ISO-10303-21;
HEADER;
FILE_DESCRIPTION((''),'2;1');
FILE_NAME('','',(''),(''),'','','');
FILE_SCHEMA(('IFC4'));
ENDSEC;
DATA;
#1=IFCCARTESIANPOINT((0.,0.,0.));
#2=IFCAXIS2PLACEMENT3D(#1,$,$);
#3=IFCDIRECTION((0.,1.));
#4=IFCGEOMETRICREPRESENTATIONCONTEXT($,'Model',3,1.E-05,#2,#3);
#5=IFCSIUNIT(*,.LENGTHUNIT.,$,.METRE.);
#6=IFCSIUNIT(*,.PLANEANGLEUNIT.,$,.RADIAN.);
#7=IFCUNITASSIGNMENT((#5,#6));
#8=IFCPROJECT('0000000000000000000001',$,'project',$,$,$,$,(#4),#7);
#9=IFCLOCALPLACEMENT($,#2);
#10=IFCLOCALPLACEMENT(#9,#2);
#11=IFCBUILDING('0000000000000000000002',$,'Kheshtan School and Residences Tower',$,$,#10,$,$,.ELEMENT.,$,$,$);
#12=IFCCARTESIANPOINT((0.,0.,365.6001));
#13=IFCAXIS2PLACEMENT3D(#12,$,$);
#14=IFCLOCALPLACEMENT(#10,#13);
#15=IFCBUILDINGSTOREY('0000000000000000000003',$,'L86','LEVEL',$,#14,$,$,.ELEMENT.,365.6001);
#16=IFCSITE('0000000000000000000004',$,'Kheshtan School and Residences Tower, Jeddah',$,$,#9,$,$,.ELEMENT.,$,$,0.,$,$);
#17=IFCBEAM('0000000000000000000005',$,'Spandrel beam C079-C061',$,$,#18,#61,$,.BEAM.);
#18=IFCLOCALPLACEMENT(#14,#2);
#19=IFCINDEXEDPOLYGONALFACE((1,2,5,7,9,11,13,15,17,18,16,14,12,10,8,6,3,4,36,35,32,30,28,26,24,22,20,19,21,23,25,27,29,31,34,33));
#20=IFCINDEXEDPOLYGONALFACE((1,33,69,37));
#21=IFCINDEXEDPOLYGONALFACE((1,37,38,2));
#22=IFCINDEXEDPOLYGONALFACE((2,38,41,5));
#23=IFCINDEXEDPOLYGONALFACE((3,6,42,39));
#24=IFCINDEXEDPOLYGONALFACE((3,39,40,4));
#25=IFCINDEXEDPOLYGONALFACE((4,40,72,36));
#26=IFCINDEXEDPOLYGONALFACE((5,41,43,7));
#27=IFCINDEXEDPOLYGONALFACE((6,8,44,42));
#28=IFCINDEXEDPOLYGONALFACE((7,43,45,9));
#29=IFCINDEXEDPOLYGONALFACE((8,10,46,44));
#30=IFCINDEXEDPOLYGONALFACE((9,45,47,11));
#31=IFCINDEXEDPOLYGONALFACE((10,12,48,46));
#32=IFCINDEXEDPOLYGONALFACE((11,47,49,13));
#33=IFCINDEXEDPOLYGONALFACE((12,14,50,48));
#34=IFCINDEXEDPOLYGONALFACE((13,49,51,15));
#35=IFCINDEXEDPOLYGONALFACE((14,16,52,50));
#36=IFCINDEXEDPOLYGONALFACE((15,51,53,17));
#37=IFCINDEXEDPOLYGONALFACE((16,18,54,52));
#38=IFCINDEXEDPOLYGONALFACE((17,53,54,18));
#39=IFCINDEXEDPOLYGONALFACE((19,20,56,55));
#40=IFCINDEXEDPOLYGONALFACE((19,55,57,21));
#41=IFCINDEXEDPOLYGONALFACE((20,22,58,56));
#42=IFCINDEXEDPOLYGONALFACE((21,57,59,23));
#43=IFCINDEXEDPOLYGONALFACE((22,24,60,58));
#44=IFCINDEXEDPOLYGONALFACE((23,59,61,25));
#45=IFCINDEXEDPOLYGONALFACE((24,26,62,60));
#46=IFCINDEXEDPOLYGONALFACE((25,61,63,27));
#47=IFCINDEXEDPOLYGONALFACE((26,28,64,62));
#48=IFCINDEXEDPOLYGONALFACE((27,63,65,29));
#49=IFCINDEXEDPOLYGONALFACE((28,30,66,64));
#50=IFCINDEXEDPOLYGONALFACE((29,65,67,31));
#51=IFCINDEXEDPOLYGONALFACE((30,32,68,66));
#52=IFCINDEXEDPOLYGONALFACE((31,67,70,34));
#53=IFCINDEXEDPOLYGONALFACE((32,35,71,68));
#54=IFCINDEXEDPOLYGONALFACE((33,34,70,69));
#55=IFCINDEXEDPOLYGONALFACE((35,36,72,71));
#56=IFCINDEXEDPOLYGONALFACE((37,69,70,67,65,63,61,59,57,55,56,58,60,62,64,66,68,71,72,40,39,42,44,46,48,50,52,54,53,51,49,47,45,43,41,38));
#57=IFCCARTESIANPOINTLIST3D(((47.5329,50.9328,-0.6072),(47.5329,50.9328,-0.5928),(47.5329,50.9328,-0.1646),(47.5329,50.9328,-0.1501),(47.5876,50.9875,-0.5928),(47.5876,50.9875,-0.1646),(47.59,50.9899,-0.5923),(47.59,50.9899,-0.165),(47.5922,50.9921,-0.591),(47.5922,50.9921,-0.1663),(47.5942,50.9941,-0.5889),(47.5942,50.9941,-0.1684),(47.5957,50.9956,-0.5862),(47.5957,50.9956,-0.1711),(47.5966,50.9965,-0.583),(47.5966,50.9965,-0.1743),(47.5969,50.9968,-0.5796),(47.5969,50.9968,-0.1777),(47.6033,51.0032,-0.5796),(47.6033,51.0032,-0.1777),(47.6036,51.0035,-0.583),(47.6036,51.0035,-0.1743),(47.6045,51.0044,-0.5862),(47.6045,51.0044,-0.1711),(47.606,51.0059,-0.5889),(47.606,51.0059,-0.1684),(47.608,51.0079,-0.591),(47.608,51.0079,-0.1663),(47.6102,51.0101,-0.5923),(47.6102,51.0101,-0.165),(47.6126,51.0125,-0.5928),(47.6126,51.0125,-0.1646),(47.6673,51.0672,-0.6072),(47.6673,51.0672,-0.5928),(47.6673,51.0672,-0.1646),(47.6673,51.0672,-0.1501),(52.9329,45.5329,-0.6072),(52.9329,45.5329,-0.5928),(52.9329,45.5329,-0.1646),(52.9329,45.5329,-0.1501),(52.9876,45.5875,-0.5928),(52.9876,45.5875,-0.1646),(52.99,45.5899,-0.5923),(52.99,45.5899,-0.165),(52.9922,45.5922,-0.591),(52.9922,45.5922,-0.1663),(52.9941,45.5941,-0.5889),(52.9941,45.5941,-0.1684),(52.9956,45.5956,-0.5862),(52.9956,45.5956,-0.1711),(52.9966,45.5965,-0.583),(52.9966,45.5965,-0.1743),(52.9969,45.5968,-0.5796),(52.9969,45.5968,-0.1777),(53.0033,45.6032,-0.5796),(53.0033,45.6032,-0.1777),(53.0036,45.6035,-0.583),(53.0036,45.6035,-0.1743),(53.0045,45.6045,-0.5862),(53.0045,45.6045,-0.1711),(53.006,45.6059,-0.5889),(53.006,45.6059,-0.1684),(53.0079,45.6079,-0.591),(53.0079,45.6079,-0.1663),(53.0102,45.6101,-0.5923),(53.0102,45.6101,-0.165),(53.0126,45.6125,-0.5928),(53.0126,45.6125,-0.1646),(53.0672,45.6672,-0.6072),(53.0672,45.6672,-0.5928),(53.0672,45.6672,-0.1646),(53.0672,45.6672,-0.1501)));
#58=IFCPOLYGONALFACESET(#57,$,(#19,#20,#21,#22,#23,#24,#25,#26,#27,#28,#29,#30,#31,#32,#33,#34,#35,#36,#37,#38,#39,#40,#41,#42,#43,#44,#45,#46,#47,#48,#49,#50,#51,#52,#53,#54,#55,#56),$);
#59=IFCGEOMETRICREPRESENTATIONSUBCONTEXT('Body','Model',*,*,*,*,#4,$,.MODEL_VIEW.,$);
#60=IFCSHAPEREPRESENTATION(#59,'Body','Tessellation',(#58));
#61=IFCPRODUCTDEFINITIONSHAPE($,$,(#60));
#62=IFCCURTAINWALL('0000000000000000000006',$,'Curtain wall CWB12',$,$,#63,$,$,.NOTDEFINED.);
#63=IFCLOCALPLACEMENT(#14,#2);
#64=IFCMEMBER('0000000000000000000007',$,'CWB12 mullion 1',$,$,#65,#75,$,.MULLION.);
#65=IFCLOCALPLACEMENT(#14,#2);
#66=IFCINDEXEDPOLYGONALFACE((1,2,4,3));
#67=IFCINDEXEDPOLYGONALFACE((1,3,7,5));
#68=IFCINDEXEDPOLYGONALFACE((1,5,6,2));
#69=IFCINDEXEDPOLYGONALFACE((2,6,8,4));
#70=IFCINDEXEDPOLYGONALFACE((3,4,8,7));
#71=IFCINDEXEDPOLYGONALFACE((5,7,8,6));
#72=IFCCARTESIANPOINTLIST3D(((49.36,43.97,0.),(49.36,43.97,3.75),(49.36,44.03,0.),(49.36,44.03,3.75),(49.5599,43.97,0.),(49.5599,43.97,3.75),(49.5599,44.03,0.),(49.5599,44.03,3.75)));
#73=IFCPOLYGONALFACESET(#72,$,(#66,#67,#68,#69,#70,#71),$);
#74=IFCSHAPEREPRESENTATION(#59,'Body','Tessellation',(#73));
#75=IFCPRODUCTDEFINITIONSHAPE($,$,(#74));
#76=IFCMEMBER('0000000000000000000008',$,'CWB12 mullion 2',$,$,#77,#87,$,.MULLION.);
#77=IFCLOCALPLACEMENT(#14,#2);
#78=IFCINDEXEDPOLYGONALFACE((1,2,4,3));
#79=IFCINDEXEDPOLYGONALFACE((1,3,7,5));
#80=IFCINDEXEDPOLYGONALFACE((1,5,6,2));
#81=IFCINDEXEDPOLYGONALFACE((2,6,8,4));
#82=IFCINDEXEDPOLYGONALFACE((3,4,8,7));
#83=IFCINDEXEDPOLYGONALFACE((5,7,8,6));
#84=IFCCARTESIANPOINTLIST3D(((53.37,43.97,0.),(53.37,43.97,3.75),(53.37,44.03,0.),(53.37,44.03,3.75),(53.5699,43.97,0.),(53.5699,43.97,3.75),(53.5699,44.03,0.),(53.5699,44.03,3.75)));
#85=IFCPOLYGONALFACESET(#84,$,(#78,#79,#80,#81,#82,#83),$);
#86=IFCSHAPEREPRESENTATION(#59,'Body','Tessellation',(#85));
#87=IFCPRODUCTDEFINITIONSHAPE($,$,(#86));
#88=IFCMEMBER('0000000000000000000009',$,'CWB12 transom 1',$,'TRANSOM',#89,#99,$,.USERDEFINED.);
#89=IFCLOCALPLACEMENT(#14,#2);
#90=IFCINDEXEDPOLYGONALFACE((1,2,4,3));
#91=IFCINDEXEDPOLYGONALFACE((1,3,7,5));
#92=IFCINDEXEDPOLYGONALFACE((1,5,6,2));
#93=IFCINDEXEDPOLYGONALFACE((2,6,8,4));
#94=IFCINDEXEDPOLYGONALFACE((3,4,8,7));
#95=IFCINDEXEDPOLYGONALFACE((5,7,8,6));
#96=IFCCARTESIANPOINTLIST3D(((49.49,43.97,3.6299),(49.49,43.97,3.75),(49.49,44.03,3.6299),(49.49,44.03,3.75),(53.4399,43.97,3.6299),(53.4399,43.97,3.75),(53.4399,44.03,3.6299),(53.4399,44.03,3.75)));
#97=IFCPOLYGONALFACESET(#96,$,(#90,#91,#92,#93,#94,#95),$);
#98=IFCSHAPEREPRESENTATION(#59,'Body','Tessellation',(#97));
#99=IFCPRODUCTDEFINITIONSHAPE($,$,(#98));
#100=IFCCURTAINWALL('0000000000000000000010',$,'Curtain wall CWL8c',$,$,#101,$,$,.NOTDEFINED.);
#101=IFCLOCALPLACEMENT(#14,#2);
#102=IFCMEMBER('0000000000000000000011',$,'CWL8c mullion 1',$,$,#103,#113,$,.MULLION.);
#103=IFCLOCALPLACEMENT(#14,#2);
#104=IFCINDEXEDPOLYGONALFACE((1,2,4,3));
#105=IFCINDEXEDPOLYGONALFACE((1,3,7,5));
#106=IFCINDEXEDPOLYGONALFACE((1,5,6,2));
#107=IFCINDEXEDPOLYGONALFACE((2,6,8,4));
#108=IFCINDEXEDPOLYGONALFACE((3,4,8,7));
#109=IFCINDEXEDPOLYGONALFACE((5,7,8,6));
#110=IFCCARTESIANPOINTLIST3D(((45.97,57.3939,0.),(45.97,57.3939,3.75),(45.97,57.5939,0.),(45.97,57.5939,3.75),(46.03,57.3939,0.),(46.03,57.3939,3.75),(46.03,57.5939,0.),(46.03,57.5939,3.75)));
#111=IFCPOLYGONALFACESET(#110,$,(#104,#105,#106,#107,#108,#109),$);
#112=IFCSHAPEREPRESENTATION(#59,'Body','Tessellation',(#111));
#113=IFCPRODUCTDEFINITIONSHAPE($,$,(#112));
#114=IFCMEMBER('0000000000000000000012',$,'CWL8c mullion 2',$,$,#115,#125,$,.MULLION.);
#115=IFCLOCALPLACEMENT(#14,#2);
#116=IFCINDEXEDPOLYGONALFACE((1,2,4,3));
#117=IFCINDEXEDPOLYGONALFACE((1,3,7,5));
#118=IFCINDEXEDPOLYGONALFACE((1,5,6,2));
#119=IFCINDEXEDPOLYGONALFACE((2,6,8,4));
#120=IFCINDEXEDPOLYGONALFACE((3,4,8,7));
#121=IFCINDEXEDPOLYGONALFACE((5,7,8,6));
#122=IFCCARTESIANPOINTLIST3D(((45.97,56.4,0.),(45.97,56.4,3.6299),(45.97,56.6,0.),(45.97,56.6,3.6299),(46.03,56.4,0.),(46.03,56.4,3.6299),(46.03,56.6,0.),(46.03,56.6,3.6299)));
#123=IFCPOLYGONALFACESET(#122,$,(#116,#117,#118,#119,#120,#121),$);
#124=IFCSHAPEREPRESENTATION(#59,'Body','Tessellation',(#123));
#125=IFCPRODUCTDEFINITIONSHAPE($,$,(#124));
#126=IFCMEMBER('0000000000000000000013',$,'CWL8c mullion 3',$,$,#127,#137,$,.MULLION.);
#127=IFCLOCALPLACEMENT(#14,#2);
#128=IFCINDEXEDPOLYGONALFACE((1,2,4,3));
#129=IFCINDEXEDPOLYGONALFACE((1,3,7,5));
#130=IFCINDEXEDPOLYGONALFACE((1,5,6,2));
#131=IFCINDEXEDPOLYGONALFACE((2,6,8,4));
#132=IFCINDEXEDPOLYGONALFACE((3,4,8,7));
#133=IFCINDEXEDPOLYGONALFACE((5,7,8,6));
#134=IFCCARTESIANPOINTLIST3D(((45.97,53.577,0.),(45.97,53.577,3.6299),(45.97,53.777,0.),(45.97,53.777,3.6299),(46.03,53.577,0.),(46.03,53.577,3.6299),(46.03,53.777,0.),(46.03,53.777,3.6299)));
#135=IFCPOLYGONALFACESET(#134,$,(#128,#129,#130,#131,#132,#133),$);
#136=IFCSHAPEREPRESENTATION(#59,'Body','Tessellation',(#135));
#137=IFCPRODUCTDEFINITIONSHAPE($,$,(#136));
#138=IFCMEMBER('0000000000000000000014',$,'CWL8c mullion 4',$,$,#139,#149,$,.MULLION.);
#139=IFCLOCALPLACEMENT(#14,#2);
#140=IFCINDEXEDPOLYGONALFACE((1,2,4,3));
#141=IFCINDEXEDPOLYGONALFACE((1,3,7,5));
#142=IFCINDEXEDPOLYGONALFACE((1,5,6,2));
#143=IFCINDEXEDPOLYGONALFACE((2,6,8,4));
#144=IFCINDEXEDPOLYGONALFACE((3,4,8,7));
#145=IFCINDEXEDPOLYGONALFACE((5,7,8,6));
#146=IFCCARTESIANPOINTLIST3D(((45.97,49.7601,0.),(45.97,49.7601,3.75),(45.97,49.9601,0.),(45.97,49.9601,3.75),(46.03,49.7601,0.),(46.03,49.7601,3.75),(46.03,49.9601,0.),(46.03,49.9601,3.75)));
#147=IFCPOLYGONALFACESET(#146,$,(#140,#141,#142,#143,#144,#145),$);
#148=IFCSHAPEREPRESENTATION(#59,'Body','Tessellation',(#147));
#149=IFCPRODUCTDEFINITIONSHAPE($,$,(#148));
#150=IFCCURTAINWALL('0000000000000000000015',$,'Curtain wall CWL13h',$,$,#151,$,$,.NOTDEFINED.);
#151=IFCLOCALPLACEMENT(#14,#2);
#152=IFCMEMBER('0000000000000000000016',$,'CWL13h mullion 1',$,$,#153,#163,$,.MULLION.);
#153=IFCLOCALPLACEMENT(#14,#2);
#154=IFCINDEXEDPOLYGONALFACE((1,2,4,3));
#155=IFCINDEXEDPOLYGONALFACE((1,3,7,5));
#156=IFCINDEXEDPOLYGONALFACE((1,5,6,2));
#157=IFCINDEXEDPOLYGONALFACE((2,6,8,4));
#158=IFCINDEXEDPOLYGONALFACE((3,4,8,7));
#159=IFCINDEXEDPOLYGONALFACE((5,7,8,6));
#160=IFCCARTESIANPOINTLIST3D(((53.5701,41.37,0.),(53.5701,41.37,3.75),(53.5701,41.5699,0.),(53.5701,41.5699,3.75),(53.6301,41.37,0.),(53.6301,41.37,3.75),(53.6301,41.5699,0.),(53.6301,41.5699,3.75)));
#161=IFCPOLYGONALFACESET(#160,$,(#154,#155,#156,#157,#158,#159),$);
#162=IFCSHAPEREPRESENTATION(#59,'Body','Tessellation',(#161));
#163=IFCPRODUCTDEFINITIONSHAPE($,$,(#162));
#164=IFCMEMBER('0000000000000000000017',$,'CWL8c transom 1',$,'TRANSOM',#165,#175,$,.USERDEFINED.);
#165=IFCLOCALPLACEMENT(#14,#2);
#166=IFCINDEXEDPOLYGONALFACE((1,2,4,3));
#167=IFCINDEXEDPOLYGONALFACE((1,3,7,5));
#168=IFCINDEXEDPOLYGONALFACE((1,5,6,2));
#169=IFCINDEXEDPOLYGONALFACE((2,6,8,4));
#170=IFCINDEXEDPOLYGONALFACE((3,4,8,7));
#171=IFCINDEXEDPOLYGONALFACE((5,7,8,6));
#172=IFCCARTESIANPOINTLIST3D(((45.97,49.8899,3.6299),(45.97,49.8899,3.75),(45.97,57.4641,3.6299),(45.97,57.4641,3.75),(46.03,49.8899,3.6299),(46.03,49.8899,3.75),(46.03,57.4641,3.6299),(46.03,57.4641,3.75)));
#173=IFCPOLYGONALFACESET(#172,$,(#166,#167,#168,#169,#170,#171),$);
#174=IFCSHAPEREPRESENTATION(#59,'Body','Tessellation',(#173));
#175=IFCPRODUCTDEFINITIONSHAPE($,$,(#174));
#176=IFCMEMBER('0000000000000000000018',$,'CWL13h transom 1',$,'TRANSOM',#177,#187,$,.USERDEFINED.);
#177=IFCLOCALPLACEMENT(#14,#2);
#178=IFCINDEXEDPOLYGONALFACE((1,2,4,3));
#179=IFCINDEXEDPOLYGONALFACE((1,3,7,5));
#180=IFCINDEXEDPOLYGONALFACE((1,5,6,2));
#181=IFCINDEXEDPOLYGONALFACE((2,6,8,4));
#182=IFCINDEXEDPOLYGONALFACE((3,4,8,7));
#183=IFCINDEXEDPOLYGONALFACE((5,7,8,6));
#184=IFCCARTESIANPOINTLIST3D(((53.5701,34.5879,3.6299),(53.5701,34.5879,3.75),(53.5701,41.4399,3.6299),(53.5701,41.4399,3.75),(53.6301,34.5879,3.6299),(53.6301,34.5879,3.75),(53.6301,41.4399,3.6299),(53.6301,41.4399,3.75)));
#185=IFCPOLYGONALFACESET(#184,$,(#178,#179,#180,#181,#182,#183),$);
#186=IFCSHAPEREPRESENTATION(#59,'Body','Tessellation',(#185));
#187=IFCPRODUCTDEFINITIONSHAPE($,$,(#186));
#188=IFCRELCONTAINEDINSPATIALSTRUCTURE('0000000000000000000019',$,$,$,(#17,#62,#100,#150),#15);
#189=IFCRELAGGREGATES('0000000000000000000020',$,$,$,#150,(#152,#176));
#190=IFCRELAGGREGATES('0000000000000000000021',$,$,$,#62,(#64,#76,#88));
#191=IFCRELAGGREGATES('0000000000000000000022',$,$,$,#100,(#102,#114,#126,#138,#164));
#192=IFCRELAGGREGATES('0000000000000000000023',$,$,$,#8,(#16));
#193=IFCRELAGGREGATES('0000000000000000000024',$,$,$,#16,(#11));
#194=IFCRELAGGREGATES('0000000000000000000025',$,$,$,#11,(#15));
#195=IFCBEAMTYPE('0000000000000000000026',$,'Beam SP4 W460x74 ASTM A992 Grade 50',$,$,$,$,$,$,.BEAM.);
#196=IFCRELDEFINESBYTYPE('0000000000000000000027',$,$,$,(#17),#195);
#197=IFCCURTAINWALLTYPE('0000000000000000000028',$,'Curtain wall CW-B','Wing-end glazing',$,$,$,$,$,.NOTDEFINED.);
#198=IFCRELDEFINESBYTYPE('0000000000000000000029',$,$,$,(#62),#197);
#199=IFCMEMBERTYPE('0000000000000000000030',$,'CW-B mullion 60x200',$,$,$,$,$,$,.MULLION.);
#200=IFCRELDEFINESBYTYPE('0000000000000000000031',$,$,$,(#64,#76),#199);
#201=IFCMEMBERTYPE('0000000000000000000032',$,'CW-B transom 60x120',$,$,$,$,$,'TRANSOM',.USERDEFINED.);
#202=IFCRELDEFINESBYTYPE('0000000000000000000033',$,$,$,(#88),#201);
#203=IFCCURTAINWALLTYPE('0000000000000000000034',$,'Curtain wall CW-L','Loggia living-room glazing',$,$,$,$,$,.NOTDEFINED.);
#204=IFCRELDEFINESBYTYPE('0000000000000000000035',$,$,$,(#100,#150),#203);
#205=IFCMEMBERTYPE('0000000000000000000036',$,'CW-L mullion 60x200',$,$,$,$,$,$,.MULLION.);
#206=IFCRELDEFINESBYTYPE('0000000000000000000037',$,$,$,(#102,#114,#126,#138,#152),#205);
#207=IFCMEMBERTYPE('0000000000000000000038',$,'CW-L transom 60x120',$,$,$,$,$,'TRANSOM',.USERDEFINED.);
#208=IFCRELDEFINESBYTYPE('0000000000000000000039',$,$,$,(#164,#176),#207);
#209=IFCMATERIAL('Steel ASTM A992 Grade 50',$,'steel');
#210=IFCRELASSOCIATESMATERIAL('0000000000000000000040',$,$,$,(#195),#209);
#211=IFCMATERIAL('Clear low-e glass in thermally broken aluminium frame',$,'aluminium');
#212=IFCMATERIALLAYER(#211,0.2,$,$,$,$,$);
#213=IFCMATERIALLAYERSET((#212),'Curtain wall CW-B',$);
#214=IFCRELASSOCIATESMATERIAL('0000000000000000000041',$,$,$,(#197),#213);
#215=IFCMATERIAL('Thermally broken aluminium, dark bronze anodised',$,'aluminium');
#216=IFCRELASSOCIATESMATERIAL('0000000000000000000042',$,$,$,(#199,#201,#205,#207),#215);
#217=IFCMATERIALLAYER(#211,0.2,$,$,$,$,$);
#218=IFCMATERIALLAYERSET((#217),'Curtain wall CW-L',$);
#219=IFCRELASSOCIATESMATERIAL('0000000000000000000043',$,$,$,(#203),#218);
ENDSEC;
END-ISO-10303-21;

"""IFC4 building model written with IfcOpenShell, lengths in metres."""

from ifc_helpers import new_model, si_unit, direction, frame, origin, origin_2d, place, context, subcontext, project, spatial, rectangle, i_section, extrude, material, layer, layer_set, material_profile, profile_set, type_object, element, aggregate, save


model = new_model("IFC4")

# Units and contexts
model_context = context("Model", 3, precision=1e-05, world=origin(), true_north=direction((0.0, 1.0)))
body_context = subcontext(model_context, "Body", "Model", "MODEL_VIEW")
ifc_project = project(units=[si_unit("LENGTHUNIT", "METRE"), si_unit("PLANEANGLEUNIT", "RADIAN")], contexts=[model_context])

# Site, building, storey
site_placement = place(None, origin())
site = spatial("IfcSite", under=ifc_project, at=site_placement, Name="Kheshtan School and Residences Tower, Jeddah", CompositionType="ELEMENT", RefElevation=0.0)
building_placement = place(site_placement, origin())
building = spatial("IfcBuilding", under=site, at=building_placement, Name="Kheshtan School and Residences Tower", CompositionType="ELEMENT")
storey_placement = place(building_placement, frame((0.0, 0.0, 365.6001)))
storey = spatial("IfcBuildingStorey", under=building, at=storey_placement, Name="L86", Description="LEVEL", CompositionType="ELEMENT", Elevation=365.6001)

# Shared definitions
ifc_material_1 = material(Name="Steel ASTM A992 Grade 50", Category="steel")

# Beam
ifc_material_profile_1 = material_profile(ifc_material_1, i_section(OverallWidth=0.1899, OverallDepth=0.457, WebThickness=0.009, FlangeThickness=0.0144, FilletRadius=0.0132, at=origin_2d()), Name="W460x74")
ifc_profile_set_1 = profile_set([ifc_material_profile_1], Name="Steel ASTM A992 Grade 50")
beam_type_1 = type_object("IfcBeamType", Name="Beam SP4 W460x74 ASTM A992 Grade 50", PredefinedType="BEAM", material=ifc_profile_set_1)
beam_1_placement = place(storey_placement, frame((47.6001, 51.0, -0.3787), z_axis=(0.707107, -0.707107, 0.0), x_axis=(0.707107, 0.707107, 0.0)))
element("IfcBeam", 1, at=beam_1_placement, inside=storey, type_object=beam_type_1, Name="Spandrel beam C079-C061", PredefinedType="BEAM", context=body_context, shape_type="SweptSolid", body=[
    extrude(i_section(OverallWidth=0.1899, OverallDepth=0.457, WebThickness=0.009, FlangeThickness=0.0144, FilletRadius=0.0132, at=origin_2d()), origin(), (0.0, 0.0, 1.0), 7.6367),
])

# Curtain walls, members
ifc_material_2 = material(Name="Clear low-e glass in thermally broken aluminium frame", Category="aluminium")
ifc_layer_1 = layer(ifc_material_2, 0.2)
ifc_layer_set_1 = layer_set([ifc_layer_1], Name="Curtain wall CW-B")
curtain_wall_type_1 = type_object("IfcCurtainWallType", Name="Curtain wall CW-B", Description="Wing-end glazing", PredefinedType="NOTDEFINED", material=ifc_layer_set_1)
curtain_wall_1_placement = place(storey_placement, origin())
curtain_wall_1 = element("IfcCurtainWall", 2, at=curtain_wall_1_placement, inside=storey, type_object=curtain_wall_type_1, Name="Curtain wall CWB12", PredefinedType="NOTDEFINED")
ifc_material_3 = material(Name="Thermally broken aluminium, dark bronze anodised", Category="aluminium")
ifc_material_profile_2 = material_profile(ifc_material_3, rectangle(XDim=0.0601, YDim=0.2, at=origin_2d()), Name="CW-B mullion 60x200")
ifc_profile_set_2 = profile_set([ifc_material_profile_2], Name="Thermally broken aluminium, dark bronze anodised")
member_type_1 = type_object("IfcMemberType", Name="CW-B mullion 60x200", PredefinedType="MULLION", material=ifc_profile_set_2)
member_1_placement = place(storey_placement, frame((49.46, 44.0, 0.0), z_axis=(0.0, 0.0, 1.0), x_axis=(0.0, 1.0, 0.0)))
member_1 = element("IfcMember", 3, at=member_1_placement, type_object=member_type_1, Name="CWB12 mullion 1", PredefinedType="MULLION", context=body_context, shape_type="SweptSolid", body=[
    extrude(rectangle(XDim=0.0601, YDim=0.2, at=origin_2d()), origin(), (0.0, 0.0, 1.0), 3.75),
])
member_2_placement = place(storey_placement, frame((53.47, 44.0, 0.0), z_axis=(0.0, 0.0, 1.0), x_axis=(0.0, 1.0, 0.0)))
member_2 = element("IfcMember", 4, at=member_2_placement, type_object=member_type_1, Name="CWB12 mullion 2", PredefinedType="MULLION", context=body_context, shape_type="SweptSolid", body=[
    extrude(rectangle(XDim=0.0601, YDim=0.2, at=origin_2d()), origin(), (0.0, 0.0, 1.0), 3.75),
])
ifc_material_profile_3 = material_profile(ifc_material_3, rectangle(XDim=0.0601, YDim=0.1201, at=origin_2d()), Name="CW-B transom 60x120")
ifc_profile_set_3 = profile_set([ifc_material_profile_3], Name="Thermally broken aluminium, dark bronze anodised")
member_type_2 = type_object("IfcMemberType", Name="CW-B transom 60x120", ElementType="TRANSOM", PredefinedType="USERDEFINED", material=ifc_profile_set_3)
member_3_placement = place(storey_placement, frame((49.49, 44.0, 3.6899), z_axis=(1.0, 0.0, 0.0), x_axis=(0.0, 1.0, 0.0)))
member_3 = element("IfcMember", 5, at=member_3_placement, type_object=member_type_2, Name="CWB12 transom 1", ObjectType="TRANSOM", PredefinedType="USERDEFINED", context=body_context, shape_type="SweptSolid", body=[
    extrude(rectangle(XDim=0.0601, YDim=0.1201, at=origin_2d()), origin(), (0.0, 0.0, 1.0), 3.95),
])
ifc_layer_2 = layer(ifc_material_2, 0.2)
ifc_layer_set_2 = layer_set([ifc_layer_2], Name="Curtain wall CW-L")
curtain_wall_type_2 = type_object("IfcCurtainWallType", Name="Curtain wall CW-L", Description="Loggia living-room glazing", PredefinedType="NOTDEFINED", material=ifc_layer_set_2)
curtain_wall_2_placement = place(storey_placement, origin())
curtain_wall_2 = element("IfcCurtainWall", 6, at=curtain_wall_2_placement, inside=storey, type_object=curtain_wall_type_2, Name="Curtain wall CWL8c", PredefinedType="NOTDEFINED")
ifc_material_profile_4 = material_profile(ifc_material_3, rectangle(XDim=0.0601, YDim=0.2, at=origin_2d()), Name="CW-L mullion 60x200")
ifc_profile_set_4 = profile_set([ifc_material_profile_4], Name="Thermally broken aluminium, dark bronze anodised")
member_type_3 = type_object("IfcMemberType", Name="CW-L mullion 60x200", PredefinedType="MULLION", material=ifc_profile_set_4)
member_4_placement = place(storey_placement, frame((46.0, 57.4939, 0.0), z_axis=(0.0, 0.0, 1.0), x_axis=(1.0, 0.0, 0.0)))
member_4 = element("IfcMember", 7, at=member_4_placement, type_object=member_type_3, Name="CWL8c mullion 1", PredefinedType="MULLION", context=body_context, shape_type="SweptSolid", body=[
    extrude(rectangle(XDim=0.0601, YDim=0.2, at=origin_2d()), origin(), (0.0, 0.0, 1.0), 3.75),
])
member_5_placement = place(storey_placement, frame((46.0, 56.5, 0.0), z_axis=(0.0, 0.0, 1.0), x_axis=(1.0, 0.0, 0.0)))
member_5 = element("IfcMember", 8, at=member_5_placement, type_object=member_type_3, Name="CWL8c mullion 2", PredefinedType="MULLION", context=body_context, shape_type="SweptSolid", body=[
    extrude(rectangle(XDim=0.0601, YDim=0.2, at=origin_2d()), origin(), (0.0, 0.0, 1.0), 3.6299),
])
member_6_placement = place(storey_placement, frame((46.0, 53.677, 0.0), z_axis=(0.0, 0.0, 1.0), x_axis=(1.0, 0.0, 0.0)))
member_6 = element("IfcMember", 9, at=member_6_placement, type_object=member_type_3, Name="CWL8c mullion 3", PredefinedType="MULLION", context=body_context, shape_type="SweptSolid", body=[
    extrude(rectangle(XDim=0.0601, YDim=0.2, at=origin_2d()), origin(), (0.0, 0.0, 1.0), 3.6299),
])
member_7_placement = place(storey_placement, frame((46.0, 49.8601, 0.0), z_axis=(0.0, 0.0, 1.0), x_axis=(1.0, 0.0, 0.0)))
member_7 = element("IfcMember", 10, at=member_7_placement, type_object=member_type_3, Name="CWL8c mullion 4", PredefinedType="MULLION", context=body_context, shape_type="SweptSolid", body=[
    extrude(rectangle(XDim=0.0601, YDim=0.2, at=origin_2d()), origin(), (0.0, 0.0, 1.0), 3.75),
])

# Curtain wall, member
curtain_wall_3_placement = place(storey_placement, origin())
curtain_wall_3 = element("IfcCurtainWall", 11, at=curtain_wall_3_placement, inside=storey, type_object=curtain_wall_type_2, Name="Curtain wall CWL13h", PredefinedType="NOTDEFINED")
member_8_placement = place(storey_placement, frame((53.6001, 41.47, 0.0), z_axis=(0.0, 0.0, 1.0), x_axis=(1.0, 0.0, 0.0)))
member_8 = element("IfcMember", 12, at=member_8_placement, type_object=member_type_3, Name="CWL13h mullion 1", PredefinedType="MULLION", context=body_context, shape_type="SweptSolid", body=[
    extrude(rectangle(XDim=0.0601, YDim=0.2, at=origin_2d()), origin(), (0.0, 0.0, 1.0), 3.75),
])

# Members
ifc_material_profile_5 = material_profile(ifc_material_3, rectangle(XDim=0.0601, YDim=0.1201, at=origin_2d()), Name="CW-L transom 60x120")
ifc_profile_set_5 = profile_set([ifc_material_profile_5], Name="Thermally broken aluminium, dark bronze anodised")
member_type_4 = type_object("IfcMemberType", Name="CW-L transom 60x120", ElementType="TRANSOM", PredefinedType="USERDEFINED", material=ifc_profile_set_5)
member_9_placement = place(storey_placement, frame((46.0, 57.4641, 3.6899), z_axis=(0.0, -1.0, 0.0), x_axis=(1.0, 0.0, 0.0)))
member_9 = element("IfcMember", 13, at=member_9_placement, type_object=member_type_4, Name="CWL8c transom 1", ObjectType="TRANSOM", PredefinedType="USERDEFINED", context=body_context, shape_type="SweptSolid", body=[
    extrude(rectangle(XDim=0.0601, YDim=0.1201, at=origin_2d()), origin(), (0.0, 0.0, 1.0), 7.5742),
])
member_10_placement = place(storey_placement, frame((53.6001, 41.4399, 3.6899), z_axis=(0.0, -1.0, 0.0), x_axis=(1.0, 0.0, 0.0)))
member_10 = element("IfcMember", 14, at=member_10_placement, type_object=member_type_4, Name="CWL13h transom 1", ObjectType="TRANSOM", PredefinedType="USERDEFINED", context=body_context, shape_type="SweptSolid", body=[
    extrude(rectangle(XDim=0.0601, YDim=0.1201, at=origin_2d()), origin(), (0.0, 0.0, 1.0), 6.8521),
])
aggregate(curtain_wall_3, [member_8, member_10])

aggregate(curtain_wall_1, [member_1, member_2, member_3])
aggregate(curtain_wall_2, [member_4, member_5, member_6, member_7, member_9])

save(model, "model.ifc")
